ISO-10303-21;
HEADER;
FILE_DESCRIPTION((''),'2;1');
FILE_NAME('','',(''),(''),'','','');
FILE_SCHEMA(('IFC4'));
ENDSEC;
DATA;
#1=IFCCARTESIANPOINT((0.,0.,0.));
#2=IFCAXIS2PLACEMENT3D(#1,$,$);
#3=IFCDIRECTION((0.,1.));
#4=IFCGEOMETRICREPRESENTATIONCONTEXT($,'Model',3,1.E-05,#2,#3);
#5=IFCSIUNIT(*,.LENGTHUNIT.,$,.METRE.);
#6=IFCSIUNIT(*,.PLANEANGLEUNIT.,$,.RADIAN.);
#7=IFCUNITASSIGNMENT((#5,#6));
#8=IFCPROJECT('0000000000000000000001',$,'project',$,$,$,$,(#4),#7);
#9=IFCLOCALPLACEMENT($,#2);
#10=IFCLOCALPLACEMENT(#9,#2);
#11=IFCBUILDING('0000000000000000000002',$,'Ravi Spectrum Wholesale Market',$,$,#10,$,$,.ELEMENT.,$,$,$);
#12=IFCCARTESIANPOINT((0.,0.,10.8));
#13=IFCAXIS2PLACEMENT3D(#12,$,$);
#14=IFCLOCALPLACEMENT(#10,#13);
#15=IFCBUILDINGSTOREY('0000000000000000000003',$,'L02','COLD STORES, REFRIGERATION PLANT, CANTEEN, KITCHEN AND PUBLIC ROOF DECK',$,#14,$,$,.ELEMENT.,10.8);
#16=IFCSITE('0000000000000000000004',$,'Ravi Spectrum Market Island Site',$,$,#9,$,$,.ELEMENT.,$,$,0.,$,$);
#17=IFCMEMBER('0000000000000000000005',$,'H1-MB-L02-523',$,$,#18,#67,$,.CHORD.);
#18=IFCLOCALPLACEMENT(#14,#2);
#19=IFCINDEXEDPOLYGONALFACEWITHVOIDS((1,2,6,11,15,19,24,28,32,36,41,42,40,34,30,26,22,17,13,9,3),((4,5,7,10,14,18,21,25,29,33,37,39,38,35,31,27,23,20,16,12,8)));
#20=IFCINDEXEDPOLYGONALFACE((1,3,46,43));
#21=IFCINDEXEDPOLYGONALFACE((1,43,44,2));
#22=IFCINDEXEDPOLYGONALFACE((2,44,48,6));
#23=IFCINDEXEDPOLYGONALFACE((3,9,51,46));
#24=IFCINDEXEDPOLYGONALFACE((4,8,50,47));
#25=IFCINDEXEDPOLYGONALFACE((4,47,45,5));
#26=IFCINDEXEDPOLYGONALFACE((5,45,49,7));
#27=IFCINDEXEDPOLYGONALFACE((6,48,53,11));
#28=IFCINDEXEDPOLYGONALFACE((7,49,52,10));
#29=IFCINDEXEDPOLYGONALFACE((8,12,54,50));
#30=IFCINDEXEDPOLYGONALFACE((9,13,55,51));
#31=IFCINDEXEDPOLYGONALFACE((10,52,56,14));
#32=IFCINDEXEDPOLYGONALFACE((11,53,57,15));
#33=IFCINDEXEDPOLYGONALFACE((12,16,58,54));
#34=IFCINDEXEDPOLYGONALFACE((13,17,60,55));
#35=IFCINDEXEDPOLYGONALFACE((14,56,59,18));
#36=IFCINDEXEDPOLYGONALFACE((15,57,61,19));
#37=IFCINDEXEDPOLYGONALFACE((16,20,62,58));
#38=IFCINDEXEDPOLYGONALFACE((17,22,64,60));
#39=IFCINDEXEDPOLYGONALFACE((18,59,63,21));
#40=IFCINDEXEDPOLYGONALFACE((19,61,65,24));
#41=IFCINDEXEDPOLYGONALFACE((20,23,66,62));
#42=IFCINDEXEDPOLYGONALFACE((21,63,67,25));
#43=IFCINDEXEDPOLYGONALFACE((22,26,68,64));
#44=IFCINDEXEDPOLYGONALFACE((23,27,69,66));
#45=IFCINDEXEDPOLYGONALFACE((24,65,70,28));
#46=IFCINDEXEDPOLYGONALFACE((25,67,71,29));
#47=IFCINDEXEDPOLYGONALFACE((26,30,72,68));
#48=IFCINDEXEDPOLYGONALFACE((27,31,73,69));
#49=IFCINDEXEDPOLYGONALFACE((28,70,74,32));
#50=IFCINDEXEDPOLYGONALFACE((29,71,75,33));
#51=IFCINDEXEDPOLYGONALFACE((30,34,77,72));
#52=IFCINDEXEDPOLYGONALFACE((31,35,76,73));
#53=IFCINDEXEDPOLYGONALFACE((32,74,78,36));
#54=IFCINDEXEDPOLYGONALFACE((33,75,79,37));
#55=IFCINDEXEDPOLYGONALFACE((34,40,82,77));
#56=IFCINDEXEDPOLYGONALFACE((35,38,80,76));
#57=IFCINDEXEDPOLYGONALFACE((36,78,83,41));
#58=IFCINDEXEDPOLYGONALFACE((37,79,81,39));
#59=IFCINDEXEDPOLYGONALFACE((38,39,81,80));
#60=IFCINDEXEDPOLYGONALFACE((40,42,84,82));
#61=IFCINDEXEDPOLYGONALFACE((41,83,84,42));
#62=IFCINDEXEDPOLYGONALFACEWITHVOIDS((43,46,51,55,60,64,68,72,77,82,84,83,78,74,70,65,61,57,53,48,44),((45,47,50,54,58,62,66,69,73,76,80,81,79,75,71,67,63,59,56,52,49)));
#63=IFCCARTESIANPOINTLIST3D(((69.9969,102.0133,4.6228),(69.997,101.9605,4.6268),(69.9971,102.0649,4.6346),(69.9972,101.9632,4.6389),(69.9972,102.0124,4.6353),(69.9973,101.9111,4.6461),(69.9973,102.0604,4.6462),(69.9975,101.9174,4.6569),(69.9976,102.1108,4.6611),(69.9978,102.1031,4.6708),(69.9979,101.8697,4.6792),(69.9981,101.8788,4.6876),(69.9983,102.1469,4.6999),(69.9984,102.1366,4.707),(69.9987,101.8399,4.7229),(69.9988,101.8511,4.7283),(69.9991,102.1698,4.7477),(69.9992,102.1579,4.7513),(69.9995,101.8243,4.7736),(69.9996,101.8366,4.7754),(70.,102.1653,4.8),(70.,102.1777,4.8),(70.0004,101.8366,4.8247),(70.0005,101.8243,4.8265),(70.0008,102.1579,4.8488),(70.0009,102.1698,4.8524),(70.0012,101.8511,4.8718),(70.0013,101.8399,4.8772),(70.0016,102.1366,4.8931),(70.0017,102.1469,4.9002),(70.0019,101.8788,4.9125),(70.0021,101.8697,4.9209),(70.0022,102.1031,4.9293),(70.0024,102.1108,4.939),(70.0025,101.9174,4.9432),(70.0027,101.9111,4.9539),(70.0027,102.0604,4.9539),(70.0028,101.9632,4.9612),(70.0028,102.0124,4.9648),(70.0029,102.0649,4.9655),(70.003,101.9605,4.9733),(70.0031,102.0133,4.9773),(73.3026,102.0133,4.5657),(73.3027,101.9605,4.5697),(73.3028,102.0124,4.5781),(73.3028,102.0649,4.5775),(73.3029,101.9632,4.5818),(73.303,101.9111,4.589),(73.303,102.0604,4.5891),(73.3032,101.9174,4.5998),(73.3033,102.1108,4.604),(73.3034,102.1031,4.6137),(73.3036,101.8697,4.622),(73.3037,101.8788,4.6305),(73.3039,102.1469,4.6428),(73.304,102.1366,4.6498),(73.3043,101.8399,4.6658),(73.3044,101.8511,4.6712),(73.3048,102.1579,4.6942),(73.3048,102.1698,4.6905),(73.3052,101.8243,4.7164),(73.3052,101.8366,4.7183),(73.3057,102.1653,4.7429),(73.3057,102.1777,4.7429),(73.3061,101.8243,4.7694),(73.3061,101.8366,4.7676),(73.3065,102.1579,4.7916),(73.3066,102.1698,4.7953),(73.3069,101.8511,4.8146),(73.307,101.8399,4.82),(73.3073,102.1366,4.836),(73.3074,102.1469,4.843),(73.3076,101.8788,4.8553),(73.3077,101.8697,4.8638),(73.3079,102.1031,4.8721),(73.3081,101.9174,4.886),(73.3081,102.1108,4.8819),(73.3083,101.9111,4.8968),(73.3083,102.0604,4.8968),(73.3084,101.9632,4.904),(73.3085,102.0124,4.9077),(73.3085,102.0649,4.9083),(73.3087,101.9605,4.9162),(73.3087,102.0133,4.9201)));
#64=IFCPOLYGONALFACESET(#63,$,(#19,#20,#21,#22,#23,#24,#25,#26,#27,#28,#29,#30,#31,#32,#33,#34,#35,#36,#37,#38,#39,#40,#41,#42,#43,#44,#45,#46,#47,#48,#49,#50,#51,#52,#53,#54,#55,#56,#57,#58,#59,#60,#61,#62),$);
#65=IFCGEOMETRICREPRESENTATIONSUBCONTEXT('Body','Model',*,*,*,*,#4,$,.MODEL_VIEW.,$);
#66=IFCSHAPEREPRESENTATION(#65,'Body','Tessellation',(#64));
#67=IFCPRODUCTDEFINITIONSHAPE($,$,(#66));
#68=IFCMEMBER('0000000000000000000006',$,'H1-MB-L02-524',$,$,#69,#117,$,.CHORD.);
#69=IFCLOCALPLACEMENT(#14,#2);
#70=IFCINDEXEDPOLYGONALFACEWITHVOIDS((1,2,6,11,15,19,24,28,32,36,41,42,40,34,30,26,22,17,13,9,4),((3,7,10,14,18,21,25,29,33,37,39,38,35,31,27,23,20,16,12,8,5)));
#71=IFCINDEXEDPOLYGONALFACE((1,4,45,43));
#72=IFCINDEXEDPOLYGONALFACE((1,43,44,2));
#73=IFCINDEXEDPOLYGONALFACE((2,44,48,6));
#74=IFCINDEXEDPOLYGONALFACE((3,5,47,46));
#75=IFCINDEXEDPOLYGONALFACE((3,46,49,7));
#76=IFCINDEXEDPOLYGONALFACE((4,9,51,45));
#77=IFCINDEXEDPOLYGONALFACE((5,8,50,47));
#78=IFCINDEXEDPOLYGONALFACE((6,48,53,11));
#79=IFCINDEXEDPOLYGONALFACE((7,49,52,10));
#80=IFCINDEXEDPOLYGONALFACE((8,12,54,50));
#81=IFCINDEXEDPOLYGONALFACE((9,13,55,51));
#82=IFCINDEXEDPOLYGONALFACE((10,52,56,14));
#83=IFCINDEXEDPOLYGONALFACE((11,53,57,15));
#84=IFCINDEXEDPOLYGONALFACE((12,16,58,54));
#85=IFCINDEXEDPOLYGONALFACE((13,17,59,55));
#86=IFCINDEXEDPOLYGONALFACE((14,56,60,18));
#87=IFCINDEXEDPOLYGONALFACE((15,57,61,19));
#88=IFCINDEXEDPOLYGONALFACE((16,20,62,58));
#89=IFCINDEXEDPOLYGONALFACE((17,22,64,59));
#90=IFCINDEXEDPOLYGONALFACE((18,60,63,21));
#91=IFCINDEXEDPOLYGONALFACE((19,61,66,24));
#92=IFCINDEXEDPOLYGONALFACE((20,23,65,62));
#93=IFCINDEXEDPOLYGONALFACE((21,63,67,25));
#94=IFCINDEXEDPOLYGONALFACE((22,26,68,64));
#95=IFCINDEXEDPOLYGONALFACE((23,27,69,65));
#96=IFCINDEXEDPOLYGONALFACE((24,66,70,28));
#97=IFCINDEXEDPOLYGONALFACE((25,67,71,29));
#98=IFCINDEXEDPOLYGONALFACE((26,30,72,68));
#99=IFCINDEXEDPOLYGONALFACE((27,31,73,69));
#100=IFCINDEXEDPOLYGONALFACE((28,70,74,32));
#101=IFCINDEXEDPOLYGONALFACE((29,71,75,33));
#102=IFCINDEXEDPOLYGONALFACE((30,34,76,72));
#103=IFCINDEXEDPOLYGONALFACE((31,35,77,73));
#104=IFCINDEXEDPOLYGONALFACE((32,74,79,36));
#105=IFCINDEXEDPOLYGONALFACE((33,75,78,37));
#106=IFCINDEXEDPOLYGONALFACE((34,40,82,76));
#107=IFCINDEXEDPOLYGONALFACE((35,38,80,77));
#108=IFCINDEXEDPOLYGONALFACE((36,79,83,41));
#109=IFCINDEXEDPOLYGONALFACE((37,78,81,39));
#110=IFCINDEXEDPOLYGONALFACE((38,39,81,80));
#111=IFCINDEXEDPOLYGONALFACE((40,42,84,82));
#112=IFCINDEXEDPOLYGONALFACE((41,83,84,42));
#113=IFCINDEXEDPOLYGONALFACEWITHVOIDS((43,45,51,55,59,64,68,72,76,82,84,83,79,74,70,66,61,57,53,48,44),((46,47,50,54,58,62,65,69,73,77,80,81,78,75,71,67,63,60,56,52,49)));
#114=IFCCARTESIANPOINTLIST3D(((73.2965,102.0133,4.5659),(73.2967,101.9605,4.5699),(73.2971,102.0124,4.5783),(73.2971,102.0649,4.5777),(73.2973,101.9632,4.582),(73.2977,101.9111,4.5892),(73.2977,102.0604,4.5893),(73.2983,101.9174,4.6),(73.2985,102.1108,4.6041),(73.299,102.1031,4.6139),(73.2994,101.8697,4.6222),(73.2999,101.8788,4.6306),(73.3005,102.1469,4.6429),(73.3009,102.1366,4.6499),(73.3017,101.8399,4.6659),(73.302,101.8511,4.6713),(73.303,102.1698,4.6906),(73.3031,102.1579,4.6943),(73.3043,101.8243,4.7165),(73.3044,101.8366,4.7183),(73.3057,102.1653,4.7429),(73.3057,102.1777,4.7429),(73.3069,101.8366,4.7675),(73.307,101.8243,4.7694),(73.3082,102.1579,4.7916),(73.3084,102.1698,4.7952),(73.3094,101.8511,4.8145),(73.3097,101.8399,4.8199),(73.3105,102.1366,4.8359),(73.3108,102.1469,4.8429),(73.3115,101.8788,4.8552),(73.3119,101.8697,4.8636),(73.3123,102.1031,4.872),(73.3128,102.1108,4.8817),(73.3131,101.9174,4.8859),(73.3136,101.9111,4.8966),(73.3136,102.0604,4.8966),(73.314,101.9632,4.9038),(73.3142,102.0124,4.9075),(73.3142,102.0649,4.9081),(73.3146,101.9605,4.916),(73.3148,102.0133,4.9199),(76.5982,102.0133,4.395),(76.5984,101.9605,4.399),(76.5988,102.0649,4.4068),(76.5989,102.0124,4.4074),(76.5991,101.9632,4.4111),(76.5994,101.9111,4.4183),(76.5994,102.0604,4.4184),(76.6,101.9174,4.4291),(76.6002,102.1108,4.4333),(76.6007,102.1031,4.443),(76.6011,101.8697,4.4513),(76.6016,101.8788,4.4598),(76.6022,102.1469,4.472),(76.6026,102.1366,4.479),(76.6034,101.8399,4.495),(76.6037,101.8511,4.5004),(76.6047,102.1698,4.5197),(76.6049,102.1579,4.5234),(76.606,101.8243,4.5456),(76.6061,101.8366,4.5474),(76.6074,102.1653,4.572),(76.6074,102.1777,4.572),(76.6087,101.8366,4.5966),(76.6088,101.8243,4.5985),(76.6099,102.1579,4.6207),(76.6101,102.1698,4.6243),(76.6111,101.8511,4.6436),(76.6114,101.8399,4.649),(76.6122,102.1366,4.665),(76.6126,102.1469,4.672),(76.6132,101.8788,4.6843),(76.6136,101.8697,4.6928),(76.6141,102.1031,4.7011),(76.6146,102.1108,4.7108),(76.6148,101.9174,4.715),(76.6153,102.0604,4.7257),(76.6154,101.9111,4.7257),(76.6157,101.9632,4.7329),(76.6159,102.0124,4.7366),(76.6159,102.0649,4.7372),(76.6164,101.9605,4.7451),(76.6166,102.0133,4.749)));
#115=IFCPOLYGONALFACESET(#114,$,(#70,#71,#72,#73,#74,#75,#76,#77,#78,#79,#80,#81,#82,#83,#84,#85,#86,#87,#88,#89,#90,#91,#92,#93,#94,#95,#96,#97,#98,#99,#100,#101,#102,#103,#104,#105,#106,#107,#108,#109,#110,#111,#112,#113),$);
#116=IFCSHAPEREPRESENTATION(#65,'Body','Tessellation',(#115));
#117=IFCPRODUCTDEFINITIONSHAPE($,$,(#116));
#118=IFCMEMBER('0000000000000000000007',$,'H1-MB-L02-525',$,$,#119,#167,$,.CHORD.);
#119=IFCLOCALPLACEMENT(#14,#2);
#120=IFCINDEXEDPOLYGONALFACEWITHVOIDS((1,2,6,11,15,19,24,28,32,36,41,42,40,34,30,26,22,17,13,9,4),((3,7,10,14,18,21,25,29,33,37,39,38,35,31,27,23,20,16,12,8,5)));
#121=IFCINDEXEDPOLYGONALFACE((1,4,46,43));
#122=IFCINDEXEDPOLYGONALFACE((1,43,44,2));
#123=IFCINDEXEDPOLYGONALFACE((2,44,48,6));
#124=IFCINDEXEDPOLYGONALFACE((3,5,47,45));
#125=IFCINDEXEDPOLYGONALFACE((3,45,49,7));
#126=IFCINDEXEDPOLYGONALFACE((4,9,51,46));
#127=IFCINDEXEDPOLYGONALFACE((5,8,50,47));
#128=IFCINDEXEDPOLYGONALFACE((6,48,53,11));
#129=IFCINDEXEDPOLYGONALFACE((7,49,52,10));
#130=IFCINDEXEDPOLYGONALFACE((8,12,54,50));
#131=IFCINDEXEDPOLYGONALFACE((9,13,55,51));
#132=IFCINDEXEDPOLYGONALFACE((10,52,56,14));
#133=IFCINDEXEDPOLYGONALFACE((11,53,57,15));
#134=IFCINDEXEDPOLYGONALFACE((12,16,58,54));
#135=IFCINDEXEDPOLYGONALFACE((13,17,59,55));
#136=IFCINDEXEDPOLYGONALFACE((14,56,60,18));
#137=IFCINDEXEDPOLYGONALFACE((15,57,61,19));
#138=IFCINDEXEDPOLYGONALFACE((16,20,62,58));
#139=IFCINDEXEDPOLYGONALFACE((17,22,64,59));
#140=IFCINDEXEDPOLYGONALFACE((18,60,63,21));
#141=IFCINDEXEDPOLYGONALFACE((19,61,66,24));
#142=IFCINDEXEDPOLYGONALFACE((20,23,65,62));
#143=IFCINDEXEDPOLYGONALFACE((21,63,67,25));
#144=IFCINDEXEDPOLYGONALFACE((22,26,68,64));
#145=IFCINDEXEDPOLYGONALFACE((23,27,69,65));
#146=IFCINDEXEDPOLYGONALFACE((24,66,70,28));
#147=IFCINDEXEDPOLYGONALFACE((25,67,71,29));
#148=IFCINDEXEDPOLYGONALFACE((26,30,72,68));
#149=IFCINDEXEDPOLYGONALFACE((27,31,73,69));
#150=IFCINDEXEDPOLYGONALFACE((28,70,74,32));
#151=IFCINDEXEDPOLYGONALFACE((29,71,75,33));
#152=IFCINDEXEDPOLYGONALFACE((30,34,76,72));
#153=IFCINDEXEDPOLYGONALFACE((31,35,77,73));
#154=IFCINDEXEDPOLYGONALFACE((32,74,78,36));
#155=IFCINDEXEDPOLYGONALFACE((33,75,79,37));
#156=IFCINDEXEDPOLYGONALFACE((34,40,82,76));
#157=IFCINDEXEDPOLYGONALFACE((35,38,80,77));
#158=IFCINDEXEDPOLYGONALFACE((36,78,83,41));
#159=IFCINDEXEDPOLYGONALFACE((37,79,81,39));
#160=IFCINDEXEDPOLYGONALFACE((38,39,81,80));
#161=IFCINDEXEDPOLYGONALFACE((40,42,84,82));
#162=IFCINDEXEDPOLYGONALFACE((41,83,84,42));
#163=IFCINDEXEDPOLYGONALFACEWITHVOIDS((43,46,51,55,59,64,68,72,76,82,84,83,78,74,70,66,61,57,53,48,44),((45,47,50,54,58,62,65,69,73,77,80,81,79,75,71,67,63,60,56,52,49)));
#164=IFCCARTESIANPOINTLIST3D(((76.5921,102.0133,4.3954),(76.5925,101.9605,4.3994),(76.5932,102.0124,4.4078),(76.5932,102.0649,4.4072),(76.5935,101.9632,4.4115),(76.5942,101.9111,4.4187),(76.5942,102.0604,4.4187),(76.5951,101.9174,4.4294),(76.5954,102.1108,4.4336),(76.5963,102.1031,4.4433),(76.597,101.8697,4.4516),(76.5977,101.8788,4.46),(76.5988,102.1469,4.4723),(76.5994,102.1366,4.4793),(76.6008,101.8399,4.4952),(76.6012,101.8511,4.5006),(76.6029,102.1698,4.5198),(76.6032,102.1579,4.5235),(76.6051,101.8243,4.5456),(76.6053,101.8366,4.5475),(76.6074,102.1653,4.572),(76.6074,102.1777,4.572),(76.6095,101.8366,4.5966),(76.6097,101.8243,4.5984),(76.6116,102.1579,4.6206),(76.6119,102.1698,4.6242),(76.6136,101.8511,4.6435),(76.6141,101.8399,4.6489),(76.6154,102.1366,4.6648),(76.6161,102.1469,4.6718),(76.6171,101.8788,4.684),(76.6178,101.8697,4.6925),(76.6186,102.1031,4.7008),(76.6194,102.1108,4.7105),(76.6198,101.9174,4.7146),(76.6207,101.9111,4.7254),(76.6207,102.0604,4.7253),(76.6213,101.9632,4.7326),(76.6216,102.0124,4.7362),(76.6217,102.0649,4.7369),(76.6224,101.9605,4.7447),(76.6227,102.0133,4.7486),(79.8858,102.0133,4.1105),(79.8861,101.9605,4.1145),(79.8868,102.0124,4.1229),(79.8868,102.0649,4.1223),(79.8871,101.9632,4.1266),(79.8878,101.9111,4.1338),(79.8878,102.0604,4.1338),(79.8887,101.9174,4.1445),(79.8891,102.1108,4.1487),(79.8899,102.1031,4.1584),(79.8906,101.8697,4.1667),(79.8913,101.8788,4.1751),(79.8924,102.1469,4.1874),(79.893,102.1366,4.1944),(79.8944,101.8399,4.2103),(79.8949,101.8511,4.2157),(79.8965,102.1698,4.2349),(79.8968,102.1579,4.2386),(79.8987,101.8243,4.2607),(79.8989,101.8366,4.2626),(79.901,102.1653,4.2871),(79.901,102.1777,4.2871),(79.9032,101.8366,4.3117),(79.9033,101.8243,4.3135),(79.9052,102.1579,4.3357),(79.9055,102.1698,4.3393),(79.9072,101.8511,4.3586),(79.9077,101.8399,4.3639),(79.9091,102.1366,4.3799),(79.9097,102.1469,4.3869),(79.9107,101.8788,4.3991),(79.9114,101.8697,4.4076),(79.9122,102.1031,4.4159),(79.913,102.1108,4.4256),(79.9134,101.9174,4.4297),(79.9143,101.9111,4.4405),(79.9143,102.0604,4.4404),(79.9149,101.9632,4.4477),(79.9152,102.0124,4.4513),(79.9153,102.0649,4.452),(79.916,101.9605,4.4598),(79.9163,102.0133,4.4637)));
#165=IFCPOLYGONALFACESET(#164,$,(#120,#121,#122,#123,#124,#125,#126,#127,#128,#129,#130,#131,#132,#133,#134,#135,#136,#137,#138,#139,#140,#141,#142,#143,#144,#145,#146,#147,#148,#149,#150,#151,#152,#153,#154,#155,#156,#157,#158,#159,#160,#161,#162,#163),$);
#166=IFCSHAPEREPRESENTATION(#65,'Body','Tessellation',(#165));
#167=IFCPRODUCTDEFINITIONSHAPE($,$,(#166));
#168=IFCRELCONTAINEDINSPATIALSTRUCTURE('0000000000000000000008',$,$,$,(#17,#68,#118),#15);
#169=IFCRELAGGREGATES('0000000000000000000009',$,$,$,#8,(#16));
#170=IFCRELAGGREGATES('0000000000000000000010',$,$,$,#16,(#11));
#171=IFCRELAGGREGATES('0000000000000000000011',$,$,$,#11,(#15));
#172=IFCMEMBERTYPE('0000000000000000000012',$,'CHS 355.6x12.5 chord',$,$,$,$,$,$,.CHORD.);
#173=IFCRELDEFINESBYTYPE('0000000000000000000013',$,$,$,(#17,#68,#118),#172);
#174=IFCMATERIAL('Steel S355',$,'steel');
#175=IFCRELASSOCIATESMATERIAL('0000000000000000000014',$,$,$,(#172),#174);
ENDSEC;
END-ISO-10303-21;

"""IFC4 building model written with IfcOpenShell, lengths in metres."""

from ifc_helpers import new_model, si_unit, direction, frame, origin, origin_2d, place, context, subcontext, project, spatial, hollow_circle, extrude, material, material_profile, profile_set, type_object, element, save


model = new_model("IFC4")

# Units and contexts
model_context = context("Model", 3, precision=1e-05, world=origin(), true_north=direction((0.0, 1.0)))
body_context = subcontext(model_context, "Body", "Model", "MODEL_VIEW")
ifc_project = project(units=[si_unit("LENGTHUNIT", "METRE"), si_unit("PLANEANGLEUNIT", "RADIAN")], contexts=[model_context])

# Site, building, storey
site_placement = place(None, origin())
site = spatial("IfcSite", under=ifc_project, at=site_placement, Name="Ravi Spectrum Market Island Site", CompositionType="ELEMENT", RefElevation=0.0)
building_placement = place(site_placement, origin())
building = spatial("IfcBuilding", under=site, at=building_placement, Name="Ravi Spectrum Wholesale Market", CompositionType="ELEMENT")
storey_placement = place(building_placement, frame((0.0, 0.0, 10.8)))
storey = spatial("IfcBuildingStorey", under=building, at=storey_placement, Name="L02", Description="COLD STORES, REFRIGERATION PLANT, CANTEEN, KITCHEN AND PUBLIC ROOF DECK", CompositionType="ELEMENT", Elevation=10.8)

# Members
ifc_material_1 = material(Name="Steel S355", Category="steel")
ifc_material_profile_1 = material_profile(ifc_material_1, hollow_circle(Radius=0.1777, WallThickness=0.0125, at=origin_2d()))
ifc_profile_set_1 = profile_set([ifc_material_profile_1], Name="Steel S355")
member_type_1 = type_object("IfcMemberType", Name="CHS 355.6x12.5 chord", PredefinedType="CHORD", material=ifc_profile_set_1)
for number, where, z_axis, x_axis, name in (
    (1, (70.0, 102.0, 4.8), (0.999851, 0.0, -0.01728), (0.0, 1.0, 0.0), "H1-MB-L02-523"),
    (2, (73.3057, 102.0, 4.7429), (0.998663, 0.0, -0.051691), (0.0, 1.0, 0.0), "H1-MB-L02-524"),
):
    element("IfcMember", number, at=place(storey_placement, frame(where, z_axis=z_axis, x_axis=x_axis)), inside=storey, type_object=member_type_1, Name=name, PredefinedType="CHORD", context=body_context, shape_type="SweptSolid", body=[
        extrude(hollow_circle(Radius=0.1777, WallThickness=0.0125, at=origin_2d()), origin(), (0.0, 0.0, 1.0), 3.3062),
    ])
member_1_placement = place(storey_placement, frame((76.6074, 102.0, 4.572), z_axis=(0.99628, 0.0, -0.08618), x_axis=(0.0, 1.0, 0.0)))
element("IfcMember", 3, at=member_1_placement, inside=storey, type_object=member_type_1, Name="H1-MB-L02-525", PredefinedType="CHORD", context=body_context, shape_type="SweptSolid", body=[
    extrude(hollow_circle(Radius=0.1777, WallThickness=0.0125, at=origin_2d()), origin(), (0.0, 0.0, 1.0), 3.3059),
])

save(model, "model.ifc")
